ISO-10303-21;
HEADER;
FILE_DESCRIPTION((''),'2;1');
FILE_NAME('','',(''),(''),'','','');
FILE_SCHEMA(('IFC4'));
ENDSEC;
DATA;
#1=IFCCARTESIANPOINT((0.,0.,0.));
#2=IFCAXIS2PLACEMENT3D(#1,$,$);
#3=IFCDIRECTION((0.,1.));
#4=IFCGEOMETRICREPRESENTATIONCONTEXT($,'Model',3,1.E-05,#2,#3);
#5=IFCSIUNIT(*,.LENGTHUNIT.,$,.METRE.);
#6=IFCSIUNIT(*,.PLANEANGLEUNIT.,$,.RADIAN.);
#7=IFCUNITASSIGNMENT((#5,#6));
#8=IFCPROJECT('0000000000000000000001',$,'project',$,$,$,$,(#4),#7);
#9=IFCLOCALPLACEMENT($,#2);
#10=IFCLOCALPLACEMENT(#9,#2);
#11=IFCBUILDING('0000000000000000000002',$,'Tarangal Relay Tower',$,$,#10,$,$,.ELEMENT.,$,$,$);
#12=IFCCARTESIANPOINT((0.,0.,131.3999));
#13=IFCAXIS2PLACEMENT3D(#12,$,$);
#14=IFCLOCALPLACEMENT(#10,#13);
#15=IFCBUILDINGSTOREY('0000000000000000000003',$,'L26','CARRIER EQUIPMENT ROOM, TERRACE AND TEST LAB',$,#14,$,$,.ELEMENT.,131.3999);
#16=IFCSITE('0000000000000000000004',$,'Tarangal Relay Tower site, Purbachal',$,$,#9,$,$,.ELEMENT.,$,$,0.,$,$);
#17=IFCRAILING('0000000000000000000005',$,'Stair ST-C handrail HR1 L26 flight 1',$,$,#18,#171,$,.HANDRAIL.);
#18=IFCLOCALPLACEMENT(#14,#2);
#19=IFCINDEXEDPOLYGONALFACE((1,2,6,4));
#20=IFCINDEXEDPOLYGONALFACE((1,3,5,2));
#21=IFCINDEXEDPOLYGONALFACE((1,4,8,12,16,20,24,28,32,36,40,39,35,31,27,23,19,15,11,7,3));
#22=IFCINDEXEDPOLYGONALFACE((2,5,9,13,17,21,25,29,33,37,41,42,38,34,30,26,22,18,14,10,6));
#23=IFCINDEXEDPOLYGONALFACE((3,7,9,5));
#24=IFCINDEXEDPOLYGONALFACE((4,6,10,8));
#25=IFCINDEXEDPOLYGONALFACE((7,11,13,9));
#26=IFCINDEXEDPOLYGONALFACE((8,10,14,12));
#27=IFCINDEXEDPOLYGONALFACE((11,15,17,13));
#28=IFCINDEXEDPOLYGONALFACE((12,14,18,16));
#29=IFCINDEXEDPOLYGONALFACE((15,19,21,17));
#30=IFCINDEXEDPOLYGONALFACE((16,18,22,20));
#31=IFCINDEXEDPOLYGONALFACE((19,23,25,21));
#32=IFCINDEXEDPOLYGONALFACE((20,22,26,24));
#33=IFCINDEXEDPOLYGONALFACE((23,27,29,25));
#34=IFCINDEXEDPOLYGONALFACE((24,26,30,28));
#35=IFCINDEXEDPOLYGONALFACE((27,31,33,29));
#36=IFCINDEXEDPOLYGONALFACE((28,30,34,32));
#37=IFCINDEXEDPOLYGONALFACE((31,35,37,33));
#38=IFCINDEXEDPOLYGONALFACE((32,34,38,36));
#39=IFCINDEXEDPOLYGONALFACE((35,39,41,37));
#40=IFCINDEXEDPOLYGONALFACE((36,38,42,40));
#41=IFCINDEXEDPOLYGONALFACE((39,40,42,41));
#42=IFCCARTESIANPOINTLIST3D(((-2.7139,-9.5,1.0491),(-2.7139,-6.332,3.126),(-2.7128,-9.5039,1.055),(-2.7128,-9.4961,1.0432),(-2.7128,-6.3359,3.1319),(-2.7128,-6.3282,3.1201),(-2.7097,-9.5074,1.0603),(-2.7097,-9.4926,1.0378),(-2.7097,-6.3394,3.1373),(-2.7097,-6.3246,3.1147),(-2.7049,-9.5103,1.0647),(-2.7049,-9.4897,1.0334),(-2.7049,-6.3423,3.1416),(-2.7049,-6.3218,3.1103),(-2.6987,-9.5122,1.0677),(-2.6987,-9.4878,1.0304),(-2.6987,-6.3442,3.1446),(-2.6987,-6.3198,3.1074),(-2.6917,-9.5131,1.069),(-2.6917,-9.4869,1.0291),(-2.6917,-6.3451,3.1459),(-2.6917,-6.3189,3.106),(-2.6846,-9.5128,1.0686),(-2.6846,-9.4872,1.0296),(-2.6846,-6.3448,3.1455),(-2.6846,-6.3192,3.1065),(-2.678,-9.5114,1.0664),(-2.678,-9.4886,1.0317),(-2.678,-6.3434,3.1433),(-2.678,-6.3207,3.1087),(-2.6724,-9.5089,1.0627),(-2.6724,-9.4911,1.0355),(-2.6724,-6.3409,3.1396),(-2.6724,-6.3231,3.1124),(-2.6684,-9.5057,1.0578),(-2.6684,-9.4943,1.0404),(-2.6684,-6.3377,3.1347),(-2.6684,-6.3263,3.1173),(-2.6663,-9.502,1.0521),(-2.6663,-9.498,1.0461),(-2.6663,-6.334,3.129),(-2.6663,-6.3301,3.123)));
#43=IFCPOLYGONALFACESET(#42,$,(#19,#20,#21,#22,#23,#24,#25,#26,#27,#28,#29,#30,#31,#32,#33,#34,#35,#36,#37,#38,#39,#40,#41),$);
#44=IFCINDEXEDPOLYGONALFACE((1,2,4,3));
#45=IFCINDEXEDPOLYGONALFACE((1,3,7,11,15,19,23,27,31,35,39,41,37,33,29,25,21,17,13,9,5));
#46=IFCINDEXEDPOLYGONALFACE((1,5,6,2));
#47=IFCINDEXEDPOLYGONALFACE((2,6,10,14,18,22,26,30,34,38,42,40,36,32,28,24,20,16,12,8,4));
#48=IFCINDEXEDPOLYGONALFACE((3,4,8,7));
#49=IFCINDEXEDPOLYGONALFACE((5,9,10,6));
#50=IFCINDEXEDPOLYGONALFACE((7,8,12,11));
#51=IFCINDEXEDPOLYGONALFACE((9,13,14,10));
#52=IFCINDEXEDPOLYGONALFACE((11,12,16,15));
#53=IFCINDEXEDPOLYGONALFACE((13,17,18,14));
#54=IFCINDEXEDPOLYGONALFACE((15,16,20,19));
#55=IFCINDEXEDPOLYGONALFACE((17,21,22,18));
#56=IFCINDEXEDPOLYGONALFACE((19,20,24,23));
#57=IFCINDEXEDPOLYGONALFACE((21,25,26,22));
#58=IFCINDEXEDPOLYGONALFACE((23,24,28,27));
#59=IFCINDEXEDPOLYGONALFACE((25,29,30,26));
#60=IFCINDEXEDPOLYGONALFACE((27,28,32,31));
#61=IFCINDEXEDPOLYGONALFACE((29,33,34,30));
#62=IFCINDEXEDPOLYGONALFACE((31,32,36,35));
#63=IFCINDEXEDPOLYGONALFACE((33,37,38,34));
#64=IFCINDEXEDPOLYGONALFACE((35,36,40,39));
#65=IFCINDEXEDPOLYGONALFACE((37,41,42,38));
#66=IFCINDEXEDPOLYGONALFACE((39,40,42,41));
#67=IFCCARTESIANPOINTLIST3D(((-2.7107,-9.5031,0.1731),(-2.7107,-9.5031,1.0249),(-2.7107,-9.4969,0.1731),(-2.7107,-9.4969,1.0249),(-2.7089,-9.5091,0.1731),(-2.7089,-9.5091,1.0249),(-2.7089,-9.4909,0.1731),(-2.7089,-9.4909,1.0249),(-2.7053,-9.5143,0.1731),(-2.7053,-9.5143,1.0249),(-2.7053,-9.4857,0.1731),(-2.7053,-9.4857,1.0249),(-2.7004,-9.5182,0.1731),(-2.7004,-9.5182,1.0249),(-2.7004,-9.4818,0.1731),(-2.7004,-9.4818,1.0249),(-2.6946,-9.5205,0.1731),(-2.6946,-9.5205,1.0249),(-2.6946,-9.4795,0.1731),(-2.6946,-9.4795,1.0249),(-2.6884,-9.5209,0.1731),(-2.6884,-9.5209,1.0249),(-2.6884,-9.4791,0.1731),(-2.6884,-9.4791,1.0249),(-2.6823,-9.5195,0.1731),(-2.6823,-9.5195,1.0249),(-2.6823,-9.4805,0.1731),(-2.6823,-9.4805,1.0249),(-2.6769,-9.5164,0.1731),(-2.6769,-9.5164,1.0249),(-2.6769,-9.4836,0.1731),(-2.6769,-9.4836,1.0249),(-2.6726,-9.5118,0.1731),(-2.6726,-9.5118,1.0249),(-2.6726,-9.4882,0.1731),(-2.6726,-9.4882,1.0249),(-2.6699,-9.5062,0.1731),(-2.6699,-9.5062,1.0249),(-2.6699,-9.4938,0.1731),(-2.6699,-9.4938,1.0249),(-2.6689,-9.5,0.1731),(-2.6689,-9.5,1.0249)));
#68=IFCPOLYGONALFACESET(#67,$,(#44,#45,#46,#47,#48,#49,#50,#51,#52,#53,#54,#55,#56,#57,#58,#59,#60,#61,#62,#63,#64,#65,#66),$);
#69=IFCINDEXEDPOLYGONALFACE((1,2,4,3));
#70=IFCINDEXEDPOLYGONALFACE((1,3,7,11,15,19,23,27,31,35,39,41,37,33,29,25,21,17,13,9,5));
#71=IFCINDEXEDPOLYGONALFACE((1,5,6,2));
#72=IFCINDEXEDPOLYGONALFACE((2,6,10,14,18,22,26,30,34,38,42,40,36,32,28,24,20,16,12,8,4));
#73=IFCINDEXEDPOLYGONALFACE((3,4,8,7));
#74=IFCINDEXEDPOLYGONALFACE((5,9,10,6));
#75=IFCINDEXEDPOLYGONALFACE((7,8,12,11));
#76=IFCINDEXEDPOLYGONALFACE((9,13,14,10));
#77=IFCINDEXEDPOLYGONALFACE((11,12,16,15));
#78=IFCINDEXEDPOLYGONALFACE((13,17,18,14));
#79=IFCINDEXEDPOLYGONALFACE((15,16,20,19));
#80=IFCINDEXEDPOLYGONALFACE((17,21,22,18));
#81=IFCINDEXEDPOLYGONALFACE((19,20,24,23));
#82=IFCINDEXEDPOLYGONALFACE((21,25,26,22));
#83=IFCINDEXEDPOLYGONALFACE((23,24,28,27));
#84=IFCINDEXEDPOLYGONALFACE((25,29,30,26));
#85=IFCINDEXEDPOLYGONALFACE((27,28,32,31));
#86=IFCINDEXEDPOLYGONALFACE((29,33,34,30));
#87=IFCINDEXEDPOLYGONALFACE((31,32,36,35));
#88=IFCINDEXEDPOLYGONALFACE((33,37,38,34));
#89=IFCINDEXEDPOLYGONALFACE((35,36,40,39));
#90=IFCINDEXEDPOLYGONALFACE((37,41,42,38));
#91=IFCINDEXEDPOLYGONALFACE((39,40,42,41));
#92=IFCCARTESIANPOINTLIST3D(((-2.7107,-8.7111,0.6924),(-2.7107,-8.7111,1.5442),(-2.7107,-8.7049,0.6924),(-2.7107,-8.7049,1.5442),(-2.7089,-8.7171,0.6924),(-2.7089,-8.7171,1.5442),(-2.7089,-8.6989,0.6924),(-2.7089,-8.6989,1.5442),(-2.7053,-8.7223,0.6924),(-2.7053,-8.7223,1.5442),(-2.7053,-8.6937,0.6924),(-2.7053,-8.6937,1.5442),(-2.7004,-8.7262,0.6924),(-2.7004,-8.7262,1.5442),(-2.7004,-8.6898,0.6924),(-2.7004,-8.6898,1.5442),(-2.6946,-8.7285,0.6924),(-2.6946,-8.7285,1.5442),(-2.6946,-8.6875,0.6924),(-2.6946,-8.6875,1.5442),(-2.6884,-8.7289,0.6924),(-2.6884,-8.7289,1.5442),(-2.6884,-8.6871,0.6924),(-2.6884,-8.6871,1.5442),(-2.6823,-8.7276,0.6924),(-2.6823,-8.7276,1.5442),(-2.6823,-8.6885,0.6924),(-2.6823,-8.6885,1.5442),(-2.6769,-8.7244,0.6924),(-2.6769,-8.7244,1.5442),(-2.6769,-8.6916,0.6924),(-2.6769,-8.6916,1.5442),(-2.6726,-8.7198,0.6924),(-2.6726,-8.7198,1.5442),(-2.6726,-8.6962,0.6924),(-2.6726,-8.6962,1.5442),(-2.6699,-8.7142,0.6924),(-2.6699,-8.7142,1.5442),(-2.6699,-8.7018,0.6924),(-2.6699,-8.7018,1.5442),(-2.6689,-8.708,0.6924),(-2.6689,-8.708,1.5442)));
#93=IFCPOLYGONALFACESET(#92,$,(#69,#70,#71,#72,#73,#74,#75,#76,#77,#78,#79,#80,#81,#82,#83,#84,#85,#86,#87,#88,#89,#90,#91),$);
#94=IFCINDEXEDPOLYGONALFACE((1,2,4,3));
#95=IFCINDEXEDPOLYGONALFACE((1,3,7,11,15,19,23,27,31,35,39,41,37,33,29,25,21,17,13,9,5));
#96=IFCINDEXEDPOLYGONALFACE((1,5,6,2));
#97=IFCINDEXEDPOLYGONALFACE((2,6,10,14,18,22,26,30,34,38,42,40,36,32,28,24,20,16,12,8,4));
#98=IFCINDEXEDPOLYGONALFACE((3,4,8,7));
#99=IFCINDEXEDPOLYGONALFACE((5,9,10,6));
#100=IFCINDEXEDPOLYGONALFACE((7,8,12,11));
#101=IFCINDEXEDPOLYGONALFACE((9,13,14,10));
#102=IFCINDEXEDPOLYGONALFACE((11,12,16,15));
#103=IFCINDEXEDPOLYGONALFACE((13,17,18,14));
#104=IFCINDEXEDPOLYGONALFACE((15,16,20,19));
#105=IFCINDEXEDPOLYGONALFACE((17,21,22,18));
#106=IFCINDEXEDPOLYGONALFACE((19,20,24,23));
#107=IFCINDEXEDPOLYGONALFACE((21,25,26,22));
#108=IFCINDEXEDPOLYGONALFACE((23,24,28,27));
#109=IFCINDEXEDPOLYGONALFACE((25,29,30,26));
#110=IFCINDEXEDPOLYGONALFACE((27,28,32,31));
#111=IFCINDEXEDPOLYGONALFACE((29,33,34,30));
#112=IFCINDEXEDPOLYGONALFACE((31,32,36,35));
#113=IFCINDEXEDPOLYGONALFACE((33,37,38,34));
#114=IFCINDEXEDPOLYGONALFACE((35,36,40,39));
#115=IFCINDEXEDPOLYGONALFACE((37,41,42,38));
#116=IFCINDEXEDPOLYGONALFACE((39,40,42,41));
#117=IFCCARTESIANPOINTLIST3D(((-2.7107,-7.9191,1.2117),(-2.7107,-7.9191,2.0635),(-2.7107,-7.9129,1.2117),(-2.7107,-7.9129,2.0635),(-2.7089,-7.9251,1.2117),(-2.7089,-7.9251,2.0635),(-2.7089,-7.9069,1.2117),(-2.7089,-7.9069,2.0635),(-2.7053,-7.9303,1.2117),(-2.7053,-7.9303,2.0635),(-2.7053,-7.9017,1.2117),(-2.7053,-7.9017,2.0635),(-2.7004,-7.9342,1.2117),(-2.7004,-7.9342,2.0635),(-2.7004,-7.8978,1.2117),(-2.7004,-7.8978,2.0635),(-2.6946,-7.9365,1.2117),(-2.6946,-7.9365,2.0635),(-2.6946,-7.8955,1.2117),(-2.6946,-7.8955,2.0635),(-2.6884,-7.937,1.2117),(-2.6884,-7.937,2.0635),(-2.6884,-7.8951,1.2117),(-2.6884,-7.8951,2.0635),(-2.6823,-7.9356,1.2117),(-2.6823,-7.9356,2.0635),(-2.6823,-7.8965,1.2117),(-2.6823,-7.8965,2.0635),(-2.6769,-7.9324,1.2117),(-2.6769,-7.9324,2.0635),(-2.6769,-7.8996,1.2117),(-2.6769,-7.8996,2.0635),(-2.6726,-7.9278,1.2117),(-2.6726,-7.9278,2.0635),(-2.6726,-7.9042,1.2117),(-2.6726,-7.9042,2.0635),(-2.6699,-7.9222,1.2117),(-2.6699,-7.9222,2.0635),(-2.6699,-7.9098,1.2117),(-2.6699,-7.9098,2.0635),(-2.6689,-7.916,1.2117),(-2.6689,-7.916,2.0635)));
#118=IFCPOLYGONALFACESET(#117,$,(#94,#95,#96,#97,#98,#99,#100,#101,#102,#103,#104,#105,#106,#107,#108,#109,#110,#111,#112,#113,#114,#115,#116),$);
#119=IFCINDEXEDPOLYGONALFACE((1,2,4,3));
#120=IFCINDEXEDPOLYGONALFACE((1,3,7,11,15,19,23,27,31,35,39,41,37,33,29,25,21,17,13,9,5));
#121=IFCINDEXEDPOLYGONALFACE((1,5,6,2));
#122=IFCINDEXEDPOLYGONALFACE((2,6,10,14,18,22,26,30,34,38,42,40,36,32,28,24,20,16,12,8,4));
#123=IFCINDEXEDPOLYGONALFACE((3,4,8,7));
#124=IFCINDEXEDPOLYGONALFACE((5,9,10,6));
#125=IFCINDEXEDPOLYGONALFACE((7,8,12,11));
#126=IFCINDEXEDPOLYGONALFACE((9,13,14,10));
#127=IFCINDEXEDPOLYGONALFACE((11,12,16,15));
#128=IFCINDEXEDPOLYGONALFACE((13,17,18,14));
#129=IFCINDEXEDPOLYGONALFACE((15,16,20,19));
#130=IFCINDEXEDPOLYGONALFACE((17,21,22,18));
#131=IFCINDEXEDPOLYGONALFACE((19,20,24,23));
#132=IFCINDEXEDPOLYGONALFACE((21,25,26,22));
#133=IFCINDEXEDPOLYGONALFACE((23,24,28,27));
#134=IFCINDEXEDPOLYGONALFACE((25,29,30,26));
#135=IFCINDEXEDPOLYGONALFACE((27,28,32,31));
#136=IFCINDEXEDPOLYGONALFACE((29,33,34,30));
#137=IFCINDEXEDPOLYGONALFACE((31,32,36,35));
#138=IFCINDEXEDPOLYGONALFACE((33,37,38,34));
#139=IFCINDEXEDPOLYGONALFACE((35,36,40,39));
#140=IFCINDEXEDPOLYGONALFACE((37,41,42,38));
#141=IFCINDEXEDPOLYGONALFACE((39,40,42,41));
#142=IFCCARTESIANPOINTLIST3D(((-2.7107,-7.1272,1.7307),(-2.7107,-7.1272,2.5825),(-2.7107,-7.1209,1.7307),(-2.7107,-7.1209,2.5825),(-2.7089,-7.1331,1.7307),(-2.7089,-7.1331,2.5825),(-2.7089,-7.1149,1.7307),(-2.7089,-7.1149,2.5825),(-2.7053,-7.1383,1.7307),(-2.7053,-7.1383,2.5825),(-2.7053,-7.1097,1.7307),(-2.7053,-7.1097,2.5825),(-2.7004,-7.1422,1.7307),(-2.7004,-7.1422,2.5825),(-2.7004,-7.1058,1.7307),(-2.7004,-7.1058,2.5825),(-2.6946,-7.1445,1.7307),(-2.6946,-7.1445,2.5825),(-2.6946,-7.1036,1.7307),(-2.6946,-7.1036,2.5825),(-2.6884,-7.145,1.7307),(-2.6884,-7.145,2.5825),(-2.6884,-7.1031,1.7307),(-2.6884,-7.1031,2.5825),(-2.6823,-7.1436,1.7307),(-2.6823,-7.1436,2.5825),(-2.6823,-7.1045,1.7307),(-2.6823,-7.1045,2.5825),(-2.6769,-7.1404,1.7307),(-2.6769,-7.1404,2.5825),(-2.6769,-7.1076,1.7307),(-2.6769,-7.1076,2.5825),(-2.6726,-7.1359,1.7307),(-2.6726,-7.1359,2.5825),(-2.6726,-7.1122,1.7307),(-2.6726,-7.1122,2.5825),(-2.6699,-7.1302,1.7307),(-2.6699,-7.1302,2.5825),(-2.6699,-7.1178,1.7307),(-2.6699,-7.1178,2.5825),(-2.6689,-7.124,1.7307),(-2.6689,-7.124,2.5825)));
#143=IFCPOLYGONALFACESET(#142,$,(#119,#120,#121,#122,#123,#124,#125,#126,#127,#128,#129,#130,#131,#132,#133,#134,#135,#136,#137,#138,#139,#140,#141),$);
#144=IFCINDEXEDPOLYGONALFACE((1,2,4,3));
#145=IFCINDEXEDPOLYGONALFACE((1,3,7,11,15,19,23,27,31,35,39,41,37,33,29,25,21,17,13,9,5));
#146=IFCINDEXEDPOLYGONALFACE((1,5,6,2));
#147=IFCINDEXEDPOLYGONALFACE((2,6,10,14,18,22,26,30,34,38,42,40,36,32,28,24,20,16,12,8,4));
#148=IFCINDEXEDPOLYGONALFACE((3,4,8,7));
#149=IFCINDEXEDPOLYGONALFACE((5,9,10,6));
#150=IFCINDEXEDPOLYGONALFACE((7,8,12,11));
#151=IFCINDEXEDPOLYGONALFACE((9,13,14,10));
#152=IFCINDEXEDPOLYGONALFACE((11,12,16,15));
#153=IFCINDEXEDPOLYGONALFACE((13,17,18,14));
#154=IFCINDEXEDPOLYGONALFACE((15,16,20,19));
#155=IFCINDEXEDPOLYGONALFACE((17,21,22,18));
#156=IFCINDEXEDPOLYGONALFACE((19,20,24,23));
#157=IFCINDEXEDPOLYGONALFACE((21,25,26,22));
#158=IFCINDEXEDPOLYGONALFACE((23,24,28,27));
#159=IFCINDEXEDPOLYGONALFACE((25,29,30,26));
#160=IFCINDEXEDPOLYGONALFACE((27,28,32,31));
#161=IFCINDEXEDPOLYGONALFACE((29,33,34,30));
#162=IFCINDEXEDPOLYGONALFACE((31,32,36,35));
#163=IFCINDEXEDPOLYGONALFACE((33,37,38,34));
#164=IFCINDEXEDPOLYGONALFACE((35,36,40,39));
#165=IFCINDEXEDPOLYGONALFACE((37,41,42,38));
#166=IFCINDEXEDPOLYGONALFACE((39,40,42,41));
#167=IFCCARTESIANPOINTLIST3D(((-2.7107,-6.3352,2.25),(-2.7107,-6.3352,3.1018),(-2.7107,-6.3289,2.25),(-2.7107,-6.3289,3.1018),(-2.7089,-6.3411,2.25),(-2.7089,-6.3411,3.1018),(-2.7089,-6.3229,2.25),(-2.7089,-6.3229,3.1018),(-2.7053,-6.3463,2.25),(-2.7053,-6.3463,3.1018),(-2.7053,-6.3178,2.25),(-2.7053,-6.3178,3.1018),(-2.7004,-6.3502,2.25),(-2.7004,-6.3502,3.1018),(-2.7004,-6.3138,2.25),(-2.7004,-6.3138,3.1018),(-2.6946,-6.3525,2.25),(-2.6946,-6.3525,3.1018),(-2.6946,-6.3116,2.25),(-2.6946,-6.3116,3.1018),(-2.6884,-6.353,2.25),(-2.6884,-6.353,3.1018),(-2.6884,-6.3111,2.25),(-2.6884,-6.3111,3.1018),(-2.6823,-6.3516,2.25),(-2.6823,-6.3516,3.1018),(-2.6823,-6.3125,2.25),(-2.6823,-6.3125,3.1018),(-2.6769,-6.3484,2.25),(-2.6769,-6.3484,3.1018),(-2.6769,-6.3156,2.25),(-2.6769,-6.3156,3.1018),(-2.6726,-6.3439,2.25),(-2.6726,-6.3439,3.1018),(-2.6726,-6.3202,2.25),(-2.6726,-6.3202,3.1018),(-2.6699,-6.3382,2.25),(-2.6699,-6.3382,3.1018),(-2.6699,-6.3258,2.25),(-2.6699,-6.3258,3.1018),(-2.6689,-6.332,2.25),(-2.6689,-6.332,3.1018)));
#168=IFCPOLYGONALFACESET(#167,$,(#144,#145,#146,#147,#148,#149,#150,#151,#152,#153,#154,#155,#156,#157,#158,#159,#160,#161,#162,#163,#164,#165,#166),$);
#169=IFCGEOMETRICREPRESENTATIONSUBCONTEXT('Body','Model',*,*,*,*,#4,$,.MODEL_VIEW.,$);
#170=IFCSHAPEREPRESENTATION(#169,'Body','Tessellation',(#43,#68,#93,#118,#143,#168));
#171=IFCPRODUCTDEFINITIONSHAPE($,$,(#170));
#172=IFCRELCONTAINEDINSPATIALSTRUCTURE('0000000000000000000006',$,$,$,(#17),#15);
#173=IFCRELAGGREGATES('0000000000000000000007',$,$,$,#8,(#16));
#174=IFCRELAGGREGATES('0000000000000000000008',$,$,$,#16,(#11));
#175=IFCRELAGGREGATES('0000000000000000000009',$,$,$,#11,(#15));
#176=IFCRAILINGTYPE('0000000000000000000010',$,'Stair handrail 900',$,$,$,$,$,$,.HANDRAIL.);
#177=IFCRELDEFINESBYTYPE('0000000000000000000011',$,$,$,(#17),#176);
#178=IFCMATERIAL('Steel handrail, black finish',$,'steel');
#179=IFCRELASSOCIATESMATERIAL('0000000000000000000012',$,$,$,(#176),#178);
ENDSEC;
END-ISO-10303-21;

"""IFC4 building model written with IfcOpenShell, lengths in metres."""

from ifc_helpers import new_model, si_unit, direction, frame, origin, origin_2d, place, context, subcontext, project, spatial, circle, extrude, material, type_object, element, save


model = new_model("IFC4")

# Units and contexts
model_context = context("Model", 3, precision=1e-05, world=origin(), true_north=direction((0.0, 1.0)))
body_context = subcontext(model_context, "Body", "Model", "MODEL_VIEW")
ifc_project = project(units=[si_unit("LENGTHUNIT", "METRE"), si_unit("PLANEANGLEUNIT", "RADIAN")], contexts=[model_context])

# Site, building, storey
site_placement = place(None, origin())
site = spatial("IfcSite", under=ifc_project, at=site_placement, Name="Tarangal Relay Tower site, Purbachal", CompositionType="ELEMENT", RefElevation=0.0)
building_placement = place(site_placement, origin())
building = spatial("IfcBuilding", under=site, at=building_placement, Name="Tarangal Relay Tower", CompositionType="ELEMENT")
storey_placement = place(building_placement, frame((0.0, 0.0, 131.3999)))
storey = spatial("IfcBuildingStorey", under=building, at=storey_placement, Name="L26", Description="CARRIER EQUIPMENT ROOM, TERRACE AND TEST LAB", CompositionType="ELEMENT", Elevation=131.3999)

# Railing
ifc_material_1 = material(Name="Steel handrail, black finish", Category="steel")
railing_type_1 = type_object("IfcRailingType", Name="Stair handrail 900", PredefinedType="HANDRAIL", material=ifc_material_1)
railing_1_placement = place(storey_placement, frame((-2.6899, -9.5, 0.1731)))
element("IfcRailing", 1, at=railing_1_placement, inside=storey, type_object=railing_type_1, Name="Stair ST-C handrail HR1 L26 flight 1", PredefinedType="HANDRAIL", context=body_context, shape_type="SweptSolid", body=[
    extrude(circle(Radius=0.0239, at=origin_2d()), frame((0.0, 0.0, 0.876), z_axis=(0.0, 0.836299, 0.548273), x_axis=(-1.0, 0.0, 0.0)), (0.0, 0.0, 1.0), 3.7881),
    extrude(circle(Radius=0.021, at=origin_2d()), origin(), (0.0, 0.0, 1.0), 0.8518),
    extrude(circle(Radius=0.021, at=origin_2d()), frame((0.0, 0.792, 0.5193)), (0.0, 0.0, 1.0), 0.8518),
    extrude(circle(Radius=0.021, at=origin_2d()), frame((0.0, 1.584, 1.0386)), (0.0, 0.0, 1.0), 0.8518),
    extrude(circle(Radius=0.021, at=origin_2d()), frame((0.0, 2.376, 1.5576)), (0.0, 0.0, 1.0), 0.8518),
    extrude(circle(Radius=0.021, at=origin_2d()), frame((0.0, 3.168, 2.0769)), (0.0, 0.0, 1.0), 0.8518),
])

save(model, "model.ifc")
